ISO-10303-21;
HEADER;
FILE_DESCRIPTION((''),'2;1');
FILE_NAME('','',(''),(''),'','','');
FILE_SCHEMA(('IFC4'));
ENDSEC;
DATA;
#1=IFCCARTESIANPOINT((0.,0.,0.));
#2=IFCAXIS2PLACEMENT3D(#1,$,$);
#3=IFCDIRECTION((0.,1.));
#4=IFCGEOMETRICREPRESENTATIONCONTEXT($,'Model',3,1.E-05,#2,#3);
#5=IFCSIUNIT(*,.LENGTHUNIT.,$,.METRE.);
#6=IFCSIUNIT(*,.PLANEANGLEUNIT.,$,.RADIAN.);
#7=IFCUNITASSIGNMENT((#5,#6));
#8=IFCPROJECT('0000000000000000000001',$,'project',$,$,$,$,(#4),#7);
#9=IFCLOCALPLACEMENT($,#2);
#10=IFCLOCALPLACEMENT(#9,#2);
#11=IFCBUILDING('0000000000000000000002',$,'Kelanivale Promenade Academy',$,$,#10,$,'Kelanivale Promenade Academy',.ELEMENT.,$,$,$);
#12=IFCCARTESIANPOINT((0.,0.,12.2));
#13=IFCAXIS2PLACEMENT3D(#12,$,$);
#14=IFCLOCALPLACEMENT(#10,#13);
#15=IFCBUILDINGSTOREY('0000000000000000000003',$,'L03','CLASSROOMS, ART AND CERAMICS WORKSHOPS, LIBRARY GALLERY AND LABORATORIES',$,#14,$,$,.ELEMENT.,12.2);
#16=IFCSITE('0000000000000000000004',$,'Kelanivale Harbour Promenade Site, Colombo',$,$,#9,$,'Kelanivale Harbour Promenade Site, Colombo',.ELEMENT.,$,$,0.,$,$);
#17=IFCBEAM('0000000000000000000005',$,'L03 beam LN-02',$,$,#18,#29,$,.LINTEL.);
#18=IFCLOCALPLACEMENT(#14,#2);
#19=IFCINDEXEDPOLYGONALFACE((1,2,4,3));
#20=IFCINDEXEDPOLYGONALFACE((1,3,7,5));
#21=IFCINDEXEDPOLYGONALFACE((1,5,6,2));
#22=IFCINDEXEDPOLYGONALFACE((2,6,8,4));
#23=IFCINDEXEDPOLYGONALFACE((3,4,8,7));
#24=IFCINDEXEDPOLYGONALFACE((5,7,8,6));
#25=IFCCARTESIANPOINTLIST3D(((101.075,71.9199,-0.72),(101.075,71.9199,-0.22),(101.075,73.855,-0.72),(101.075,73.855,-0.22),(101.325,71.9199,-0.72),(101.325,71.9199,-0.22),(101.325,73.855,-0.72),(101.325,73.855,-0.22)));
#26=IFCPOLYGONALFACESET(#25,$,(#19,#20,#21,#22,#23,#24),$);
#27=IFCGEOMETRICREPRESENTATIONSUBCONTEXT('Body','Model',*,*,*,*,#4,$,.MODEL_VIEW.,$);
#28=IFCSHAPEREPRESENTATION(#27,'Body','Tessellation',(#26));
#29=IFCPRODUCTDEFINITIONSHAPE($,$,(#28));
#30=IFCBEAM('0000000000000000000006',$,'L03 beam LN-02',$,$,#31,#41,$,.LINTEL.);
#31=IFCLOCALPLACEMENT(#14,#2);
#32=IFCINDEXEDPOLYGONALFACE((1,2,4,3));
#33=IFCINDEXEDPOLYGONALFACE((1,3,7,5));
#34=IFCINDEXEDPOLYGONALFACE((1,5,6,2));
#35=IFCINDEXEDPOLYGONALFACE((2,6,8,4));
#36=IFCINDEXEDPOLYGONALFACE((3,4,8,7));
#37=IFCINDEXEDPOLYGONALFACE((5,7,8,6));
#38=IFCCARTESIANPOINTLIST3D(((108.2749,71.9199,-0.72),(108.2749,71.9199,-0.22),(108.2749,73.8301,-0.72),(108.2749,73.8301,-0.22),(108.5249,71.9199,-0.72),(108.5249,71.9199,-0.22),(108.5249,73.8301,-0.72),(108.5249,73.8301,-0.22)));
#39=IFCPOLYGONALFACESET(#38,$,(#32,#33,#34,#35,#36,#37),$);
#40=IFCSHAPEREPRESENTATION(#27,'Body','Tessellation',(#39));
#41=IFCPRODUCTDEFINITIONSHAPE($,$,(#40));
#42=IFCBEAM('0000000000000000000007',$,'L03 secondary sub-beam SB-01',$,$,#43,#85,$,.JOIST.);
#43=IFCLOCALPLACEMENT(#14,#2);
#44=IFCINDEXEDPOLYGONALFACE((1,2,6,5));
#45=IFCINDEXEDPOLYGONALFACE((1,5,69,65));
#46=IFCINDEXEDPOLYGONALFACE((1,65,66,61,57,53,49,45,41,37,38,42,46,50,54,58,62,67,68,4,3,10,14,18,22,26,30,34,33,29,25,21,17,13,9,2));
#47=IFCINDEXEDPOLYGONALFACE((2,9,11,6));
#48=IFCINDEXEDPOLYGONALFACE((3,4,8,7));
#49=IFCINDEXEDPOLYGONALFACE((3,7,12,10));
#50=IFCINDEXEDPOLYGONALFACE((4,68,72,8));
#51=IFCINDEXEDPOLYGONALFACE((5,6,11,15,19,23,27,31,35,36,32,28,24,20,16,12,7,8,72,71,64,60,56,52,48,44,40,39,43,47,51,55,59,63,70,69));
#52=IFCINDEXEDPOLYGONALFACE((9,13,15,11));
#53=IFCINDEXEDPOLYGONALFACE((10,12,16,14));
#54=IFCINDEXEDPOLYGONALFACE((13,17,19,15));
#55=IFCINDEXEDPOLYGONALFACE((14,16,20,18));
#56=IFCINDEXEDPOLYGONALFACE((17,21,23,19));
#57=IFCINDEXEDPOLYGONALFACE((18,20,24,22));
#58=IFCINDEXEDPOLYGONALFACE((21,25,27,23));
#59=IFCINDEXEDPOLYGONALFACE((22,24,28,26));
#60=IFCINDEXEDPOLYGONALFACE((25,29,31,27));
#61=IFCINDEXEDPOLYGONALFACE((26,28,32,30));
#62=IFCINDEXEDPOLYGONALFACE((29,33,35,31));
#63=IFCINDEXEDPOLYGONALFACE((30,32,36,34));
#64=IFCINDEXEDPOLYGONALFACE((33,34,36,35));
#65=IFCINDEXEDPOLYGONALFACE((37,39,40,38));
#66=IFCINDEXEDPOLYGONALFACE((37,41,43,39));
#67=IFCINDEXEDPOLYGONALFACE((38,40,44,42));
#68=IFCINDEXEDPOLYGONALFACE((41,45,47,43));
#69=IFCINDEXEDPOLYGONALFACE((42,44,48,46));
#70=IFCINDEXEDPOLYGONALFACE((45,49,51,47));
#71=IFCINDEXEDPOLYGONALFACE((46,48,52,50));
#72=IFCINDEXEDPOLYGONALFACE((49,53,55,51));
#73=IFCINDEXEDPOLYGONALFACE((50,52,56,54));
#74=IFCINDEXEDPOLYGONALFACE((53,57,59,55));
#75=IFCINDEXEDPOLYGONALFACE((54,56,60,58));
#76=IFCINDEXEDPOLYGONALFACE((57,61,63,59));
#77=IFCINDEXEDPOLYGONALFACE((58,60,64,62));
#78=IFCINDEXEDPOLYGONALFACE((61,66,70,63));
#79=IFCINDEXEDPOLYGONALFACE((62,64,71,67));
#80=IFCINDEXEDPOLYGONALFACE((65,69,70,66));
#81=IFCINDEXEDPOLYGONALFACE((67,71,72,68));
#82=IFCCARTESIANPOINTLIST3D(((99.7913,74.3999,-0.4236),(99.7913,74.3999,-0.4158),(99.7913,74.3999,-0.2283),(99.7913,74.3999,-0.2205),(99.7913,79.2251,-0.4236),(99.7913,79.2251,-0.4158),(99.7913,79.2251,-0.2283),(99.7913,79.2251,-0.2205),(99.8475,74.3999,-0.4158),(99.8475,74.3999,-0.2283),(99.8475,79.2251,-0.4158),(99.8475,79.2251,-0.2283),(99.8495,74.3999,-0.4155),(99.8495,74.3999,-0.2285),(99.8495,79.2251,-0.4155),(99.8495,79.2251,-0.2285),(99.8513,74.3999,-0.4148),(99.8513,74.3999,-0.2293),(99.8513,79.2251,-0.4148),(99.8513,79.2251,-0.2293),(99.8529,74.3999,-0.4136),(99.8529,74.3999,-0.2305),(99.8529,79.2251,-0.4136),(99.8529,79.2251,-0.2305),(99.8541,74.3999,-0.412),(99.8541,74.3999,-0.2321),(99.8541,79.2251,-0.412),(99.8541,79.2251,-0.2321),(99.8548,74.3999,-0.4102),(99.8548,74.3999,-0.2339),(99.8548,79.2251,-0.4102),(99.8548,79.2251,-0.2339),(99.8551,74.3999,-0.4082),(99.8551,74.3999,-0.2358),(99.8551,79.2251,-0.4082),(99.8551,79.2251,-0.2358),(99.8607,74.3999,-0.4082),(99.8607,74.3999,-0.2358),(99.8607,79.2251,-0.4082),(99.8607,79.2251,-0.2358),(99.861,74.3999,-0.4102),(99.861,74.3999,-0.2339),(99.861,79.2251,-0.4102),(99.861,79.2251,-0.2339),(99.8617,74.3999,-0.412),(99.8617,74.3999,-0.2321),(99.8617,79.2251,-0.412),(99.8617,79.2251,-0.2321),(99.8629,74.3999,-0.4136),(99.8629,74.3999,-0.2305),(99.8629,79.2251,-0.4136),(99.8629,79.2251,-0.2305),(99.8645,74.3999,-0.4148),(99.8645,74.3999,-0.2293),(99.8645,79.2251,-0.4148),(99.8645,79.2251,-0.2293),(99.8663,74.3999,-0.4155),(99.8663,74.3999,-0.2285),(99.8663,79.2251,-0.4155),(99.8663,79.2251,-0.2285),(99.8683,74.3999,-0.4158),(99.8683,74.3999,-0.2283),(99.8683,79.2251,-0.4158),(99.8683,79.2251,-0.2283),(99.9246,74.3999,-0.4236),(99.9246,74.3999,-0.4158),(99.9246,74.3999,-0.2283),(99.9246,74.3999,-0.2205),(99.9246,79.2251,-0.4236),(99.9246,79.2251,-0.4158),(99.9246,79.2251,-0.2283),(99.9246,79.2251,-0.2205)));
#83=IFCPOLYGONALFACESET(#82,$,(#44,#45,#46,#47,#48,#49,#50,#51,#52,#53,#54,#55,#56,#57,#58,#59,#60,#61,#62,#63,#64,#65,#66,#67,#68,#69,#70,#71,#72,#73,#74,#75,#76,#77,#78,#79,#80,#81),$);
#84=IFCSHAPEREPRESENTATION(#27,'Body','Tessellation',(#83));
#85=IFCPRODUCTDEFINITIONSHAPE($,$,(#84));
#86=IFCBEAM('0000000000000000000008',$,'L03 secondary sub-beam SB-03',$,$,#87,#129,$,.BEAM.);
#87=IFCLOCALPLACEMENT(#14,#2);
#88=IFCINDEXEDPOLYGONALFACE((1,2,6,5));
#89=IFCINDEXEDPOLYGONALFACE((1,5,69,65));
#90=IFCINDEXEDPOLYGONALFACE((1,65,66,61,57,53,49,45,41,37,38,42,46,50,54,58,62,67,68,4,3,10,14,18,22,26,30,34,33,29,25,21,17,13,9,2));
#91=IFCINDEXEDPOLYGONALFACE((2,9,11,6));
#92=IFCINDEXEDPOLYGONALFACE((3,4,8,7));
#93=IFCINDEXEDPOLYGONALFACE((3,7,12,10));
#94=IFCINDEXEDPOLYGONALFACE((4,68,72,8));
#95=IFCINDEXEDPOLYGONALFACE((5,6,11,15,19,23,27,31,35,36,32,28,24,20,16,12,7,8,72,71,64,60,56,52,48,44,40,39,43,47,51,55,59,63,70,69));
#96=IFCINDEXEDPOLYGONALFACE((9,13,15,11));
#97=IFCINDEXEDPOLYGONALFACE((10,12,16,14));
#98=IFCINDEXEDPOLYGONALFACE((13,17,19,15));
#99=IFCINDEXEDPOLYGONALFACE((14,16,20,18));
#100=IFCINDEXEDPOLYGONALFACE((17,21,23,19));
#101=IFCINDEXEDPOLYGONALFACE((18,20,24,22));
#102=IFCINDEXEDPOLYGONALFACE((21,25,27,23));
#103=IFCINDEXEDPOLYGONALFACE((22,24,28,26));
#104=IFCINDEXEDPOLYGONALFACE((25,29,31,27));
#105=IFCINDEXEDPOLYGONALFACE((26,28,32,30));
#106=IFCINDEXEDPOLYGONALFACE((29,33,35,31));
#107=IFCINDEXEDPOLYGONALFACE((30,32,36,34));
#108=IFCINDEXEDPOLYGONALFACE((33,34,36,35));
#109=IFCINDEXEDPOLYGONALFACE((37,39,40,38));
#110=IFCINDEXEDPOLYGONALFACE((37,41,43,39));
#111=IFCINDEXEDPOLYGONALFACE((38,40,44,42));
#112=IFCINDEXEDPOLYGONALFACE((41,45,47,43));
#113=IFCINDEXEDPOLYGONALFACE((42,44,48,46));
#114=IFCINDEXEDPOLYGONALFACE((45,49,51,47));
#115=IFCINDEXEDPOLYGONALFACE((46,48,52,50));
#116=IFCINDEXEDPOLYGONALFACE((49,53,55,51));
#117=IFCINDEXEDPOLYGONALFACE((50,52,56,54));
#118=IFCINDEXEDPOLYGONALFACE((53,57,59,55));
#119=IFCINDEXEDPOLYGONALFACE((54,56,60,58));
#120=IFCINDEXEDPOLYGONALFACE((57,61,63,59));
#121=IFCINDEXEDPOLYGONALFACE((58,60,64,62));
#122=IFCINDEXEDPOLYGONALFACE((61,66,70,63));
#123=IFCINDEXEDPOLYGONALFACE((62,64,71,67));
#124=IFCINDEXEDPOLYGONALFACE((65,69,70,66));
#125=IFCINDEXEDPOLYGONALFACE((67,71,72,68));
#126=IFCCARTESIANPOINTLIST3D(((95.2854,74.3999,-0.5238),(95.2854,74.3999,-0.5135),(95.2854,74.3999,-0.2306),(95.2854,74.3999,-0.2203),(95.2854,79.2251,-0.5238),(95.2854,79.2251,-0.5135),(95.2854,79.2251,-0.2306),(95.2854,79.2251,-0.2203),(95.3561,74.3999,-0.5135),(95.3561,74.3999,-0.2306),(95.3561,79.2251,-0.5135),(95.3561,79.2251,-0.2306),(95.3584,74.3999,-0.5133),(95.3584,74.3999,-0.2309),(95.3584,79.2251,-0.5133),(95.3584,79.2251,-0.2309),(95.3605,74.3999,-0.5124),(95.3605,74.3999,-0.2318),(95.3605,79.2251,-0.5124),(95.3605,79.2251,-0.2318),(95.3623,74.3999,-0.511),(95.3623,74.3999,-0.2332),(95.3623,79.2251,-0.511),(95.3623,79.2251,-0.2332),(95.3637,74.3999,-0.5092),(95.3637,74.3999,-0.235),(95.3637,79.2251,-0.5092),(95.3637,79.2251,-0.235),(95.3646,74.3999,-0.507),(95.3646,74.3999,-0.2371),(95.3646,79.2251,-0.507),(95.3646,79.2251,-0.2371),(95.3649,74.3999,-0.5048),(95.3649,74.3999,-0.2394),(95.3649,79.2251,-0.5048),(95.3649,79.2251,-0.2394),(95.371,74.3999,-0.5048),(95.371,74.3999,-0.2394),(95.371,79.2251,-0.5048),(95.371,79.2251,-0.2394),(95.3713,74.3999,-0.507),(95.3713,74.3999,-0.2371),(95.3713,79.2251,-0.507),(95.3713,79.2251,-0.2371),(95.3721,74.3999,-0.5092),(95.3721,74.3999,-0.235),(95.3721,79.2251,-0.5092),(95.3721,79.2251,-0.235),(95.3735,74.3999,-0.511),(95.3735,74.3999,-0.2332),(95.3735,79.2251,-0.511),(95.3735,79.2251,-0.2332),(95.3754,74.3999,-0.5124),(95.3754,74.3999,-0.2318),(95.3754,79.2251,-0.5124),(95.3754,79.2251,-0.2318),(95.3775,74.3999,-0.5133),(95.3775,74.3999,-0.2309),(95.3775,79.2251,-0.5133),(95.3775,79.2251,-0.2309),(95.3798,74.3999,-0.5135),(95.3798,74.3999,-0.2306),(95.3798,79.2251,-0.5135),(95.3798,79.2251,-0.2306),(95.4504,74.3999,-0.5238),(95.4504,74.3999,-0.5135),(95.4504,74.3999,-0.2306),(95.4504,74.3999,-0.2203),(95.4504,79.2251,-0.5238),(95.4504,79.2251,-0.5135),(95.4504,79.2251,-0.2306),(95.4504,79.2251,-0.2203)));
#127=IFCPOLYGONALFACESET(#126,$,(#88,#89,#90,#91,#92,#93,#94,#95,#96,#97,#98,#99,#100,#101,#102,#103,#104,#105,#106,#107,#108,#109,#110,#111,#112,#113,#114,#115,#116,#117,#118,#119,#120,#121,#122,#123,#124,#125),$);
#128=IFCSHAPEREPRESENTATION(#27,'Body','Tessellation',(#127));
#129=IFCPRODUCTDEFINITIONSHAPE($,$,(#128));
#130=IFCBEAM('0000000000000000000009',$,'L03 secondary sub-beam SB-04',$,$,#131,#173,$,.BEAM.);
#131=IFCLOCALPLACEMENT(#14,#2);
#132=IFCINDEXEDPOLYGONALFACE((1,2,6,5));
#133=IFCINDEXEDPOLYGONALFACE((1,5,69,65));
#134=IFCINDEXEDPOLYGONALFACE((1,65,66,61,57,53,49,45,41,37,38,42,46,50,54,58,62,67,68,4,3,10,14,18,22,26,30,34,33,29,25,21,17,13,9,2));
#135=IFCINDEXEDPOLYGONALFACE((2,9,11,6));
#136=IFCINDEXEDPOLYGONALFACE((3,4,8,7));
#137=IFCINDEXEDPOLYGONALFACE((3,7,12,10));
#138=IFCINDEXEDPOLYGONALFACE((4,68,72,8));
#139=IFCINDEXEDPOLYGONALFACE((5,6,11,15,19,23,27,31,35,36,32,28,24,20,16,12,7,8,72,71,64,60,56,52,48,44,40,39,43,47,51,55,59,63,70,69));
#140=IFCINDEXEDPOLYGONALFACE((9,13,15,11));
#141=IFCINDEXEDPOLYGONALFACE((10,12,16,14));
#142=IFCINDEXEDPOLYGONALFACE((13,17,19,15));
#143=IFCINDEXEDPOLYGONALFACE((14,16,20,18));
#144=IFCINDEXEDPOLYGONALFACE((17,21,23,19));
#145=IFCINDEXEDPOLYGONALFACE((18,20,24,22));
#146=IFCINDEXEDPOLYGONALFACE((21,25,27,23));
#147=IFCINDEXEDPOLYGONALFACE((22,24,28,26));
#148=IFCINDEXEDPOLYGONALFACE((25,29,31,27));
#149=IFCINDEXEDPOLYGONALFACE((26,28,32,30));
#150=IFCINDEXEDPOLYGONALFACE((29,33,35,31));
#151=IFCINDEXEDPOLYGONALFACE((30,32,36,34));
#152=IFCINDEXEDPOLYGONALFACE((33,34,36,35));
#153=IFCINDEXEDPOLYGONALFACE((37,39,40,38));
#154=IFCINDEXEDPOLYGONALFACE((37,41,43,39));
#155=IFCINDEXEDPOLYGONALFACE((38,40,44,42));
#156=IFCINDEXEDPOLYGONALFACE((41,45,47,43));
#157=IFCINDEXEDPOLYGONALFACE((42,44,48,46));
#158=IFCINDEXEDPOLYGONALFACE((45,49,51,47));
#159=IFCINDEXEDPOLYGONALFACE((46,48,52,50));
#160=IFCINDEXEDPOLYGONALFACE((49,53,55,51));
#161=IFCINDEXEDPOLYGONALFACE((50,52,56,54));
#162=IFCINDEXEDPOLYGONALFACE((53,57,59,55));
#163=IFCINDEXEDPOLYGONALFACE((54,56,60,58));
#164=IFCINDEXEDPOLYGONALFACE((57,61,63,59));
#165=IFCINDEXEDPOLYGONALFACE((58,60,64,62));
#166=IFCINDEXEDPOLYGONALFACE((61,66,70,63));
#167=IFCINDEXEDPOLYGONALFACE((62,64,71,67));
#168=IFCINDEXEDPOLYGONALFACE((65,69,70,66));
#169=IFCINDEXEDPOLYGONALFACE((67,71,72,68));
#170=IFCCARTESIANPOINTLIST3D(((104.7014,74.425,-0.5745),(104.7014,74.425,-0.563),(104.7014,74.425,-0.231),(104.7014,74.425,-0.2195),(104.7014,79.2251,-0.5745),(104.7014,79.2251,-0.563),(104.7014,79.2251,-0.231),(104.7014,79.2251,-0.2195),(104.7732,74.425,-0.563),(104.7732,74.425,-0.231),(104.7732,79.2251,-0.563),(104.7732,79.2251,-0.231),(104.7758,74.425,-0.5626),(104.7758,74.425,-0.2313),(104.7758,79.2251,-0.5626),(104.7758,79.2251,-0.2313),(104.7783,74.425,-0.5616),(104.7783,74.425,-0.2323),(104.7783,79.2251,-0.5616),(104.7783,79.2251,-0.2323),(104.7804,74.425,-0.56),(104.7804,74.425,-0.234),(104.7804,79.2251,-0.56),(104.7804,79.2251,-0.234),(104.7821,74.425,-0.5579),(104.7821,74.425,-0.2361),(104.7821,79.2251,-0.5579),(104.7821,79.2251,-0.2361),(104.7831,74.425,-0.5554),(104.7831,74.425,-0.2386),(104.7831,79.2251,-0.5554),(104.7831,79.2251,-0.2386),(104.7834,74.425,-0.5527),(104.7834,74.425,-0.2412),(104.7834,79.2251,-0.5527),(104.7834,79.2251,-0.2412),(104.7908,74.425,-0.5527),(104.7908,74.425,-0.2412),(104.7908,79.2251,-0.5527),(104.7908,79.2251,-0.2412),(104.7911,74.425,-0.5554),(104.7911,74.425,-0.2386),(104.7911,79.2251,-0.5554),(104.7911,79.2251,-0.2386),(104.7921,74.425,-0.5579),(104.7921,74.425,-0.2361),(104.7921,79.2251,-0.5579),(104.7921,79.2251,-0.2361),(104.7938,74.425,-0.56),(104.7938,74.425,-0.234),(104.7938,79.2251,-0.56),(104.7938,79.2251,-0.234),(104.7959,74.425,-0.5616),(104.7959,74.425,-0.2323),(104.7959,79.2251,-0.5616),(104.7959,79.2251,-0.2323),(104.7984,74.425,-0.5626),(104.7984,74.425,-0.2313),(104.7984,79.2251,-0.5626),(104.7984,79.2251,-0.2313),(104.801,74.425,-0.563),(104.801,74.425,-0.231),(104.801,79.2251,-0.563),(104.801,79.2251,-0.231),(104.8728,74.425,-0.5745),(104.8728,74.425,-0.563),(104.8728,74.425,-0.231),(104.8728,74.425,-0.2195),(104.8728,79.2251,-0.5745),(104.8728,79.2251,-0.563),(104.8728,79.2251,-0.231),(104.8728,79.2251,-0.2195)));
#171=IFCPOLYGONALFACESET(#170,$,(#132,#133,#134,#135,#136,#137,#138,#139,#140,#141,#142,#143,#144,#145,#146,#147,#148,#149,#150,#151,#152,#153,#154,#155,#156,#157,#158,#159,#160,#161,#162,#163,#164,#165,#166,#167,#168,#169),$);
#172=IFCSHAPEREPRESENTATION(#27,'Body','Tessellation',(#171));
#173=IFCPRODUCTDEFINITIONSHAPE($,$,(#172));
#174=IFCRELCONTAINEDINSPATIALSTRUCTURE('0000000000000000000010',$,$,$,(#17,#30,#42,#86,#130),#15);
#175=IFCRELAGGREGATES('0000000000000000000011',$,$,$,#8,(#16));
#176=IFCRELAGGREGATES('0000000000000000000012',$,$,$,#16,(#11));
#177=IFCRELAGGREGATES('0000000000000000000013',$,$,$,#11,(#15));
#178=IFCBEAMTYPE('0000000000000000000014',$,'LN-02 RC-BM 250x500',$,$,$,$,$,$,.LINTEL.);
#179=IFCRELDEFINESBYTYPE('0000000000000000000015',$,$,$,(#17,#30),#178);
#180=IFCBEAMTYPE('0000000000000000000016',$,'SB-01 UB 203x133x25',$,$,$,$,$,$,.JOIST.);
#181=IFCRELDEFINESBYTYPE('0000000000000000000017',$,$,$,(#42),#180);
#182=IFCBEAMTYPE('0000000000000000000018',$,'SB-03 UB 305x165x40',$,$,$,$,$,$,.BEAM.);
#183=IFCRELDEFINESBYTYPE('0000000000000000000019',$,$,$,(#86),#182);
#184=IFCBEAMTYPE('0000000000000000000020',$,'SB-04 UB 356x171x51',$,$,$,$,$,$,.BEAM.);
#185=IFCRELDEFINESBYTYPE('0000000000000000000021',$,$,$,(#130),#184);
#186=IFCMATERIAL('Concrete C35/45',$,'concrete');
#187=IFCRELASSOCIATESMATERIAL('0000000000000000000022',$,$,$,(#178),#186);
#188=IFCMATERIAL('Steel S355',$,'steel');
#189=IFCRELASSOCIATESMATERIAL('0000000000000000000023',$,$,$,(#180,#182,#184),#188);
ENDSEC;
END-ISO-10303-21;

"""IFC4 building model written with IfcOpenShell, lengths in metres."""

from ifc_helpers import new_model, si_unit, direction, frame, origin, origin_2d, place, context, subcontext, project, spatial, rectangle, i_section, extrude, material, material_profile, profile_set, type_object, element, save


model = new_model("IFC4")

# Units and contexts
model_context = context("Model", 3, precision=1e-05, world=origin(), true_north=direction((0.0, 1.0)))
body_context = subcontext(model_context, "Body", "Model", "MODEL_VIEW")
ifc_project = project(units=[si_unit("LENGTHUNIT", "METRE"), si_unit("PLANEANGLEUNIT", "RADIAN")], contexts=[model_context])

# Site, building, storey
site_placement = place(None, origin())
site = spatial("IfcSite", under=ifc_project, at=site_placement, Name="Kelanivale Harbour Promenade Site, Colombo", LongName="Kelanivale Harbour Promenade Site, Colombo", CompositionType="ELEMENT", RefElevation=0.0)
building_placement = place(site_placement, origin())
building = spatial("IfcBuilding", under=site, at=building_placement, Name="Kelanivale Promenade Academy", LongName="Kelanivale Promenade Academy", CompositionType="ELEMENT")
storey_placement = place(building_placement, frame((0.0, 0.0, 12.2)))
storey = spatial("IfcBuildingStorey", under=building, at=storey_placement, Name="L03", Description="CLASSROOMS, ART AND CERAMICS WORKSHOPS, LIBRARY GALLERY AND LABORATORIES", CompositionType="ELEMENT", Elevation=12.2)

# Beams
ifc_material_1 = material(Name="Concrete C35/45", Category="concrete")
ifc_material_profile_1 = material_profile(ifc_material_1, rectangle(XDim=0.25, YDim=0.5, at=origin_2d()), Name="RC-BM 250x500")
ifc_profile_set_1 = profile_set([ifc_material_profile_1], Name="Concrete C35/45")
beam_type_1 = type_object("IfcBeamType", Name="LN-02 RC-BM 250x500", PredefinedType="LINTEL", material=ifc_profile_set_1)
beam_1_placement = place(storey_placement, frame((101.2, 71.9199, -0.47), z_axis=(0.0, 1.0, 0.0), x_axis=(-1.0, 0.0, 0.0)))
element("IfcBeam", 1, at=beam_1_placement, inside=storey, type_object=beam_type_1, Name="L03 beam LN-02", PredefinedType="LINTEL", context=body_context, shape_type="SweptSolid", body=[
    extrude(rectangle(XDim=0.25, YDim=0.5, at=origin_2d()), origin(), (0.0, 0.0, 1.0), 1.9351),
])
beam_2_placement = place(storey_placement, frame((108.3999, 71.9199, -0.47), z_axis=(0.0, 1.0, 0.0), x_axis=(-1.0, 0.0, 0.0)))
element("IfcBeam", 2, at=beam_2_placement, inside=storey, type_object=beam_type_1, Name="L03 beam LN-02", PredefinedType="LINTEL", context=body_context, shape_type="SweptSolid", body=[
    extrude(rectangle(XDim=0.25, YDim=0.5, at=origin_2d()), origin(), (0.0, 0.0, 1.0), 1.9102),
])
ifc_material_2 = material(Name="Steel S355", Category="steel")
ifc_material_profile_2 = material_profile(ifc_material_2, i_section(OverallWidth=0.1333, OverallDepth=0.2031, WebThickness=0.0056, FlangeThickness=0.0078, FilletRadius=0.0076, at=origin_2d()), Name="UB 203x133x25")
ifc_profile_set_2 = profile_set([ifc_material_profile_2], Name="Steel S355")
beam_type_2 = type_object("IfcBeamType", Name="SB-01 UB 203x133x25", PredefinedType="JOIST", material=ifc_profile_set_2)
beam_3_placement = place(storey_placement, frame((99.8579, 74.3999, -0.322), z_axis=(0.0, 1.0, 0.0), x_axis=(-1.0, 0.0, 0.0)))
element("IfcBeam", 3, at=beam_3_placement, inside=storey, type_object=beam_type_2, Name="L03 secondary sub-beam SB-01", PredefinedType="JOIST", context=body_context, shape_type="SweptSolid", body=[
    extrude(i_section(OverallWidth=0.1333, OverallDepth=0.2031, WebThickness=0.0056, FlangeThickness=0.0078, FilletRadius=0.0076, at=origin_2d()), origin(), (0.0, 0.0, 1.0), 4.8252),
])
ifc_material_profile_3 = material_profile(ifc_material_2, i_section(OverallWidth=0.165, OverallDepth=0.3035, WebThickness=0.0061, FlangeThickness=0.0103, FilletRadius=0.0088, at=origin_2d()), Name="UB 305x165x40")
ifc_profile_set_3 = profile_set([ifc_material_profile_3], Name="Steel S355")
beam_type_3 = type_object("IfcBeamType", Name="SB-03 UB 305x165x40", PredefinedType="BEAM", material=ifc_profile_set_3)
beam_4_placement = place(storey_placement, frame((95.3679, 74.3999, -0.3721), z_axis=(0.0, 1.0, 0.0), x_axis=(-1.0, 0.0, 0.0)))
element("IfcBeam", 4, at=beam_4_placement, inside=storey, type_object=beam_type_3, Name="L03 secondary sub-beam SB-03", PredefinedType="BEAM", context=body_context, shape_type="SweptSolid", body=[
    extrude(i_section(OverallWidth=0.165, OverallDepth=0.3035, WebThickness=0.0061, FlangeThickness=0.0103, FilletRadius=0.0088, at=origin_2d()), origin(), (0.0, 0.0, 1.0), 4.8252),
])
ifc_material_profile_4 = material_profile(ifc_material_2, i_section(OverallWidth=0.1714, OverallDepth=0.355, WebThickness=0.0073, FlangeThickness=0.0115, FilletRadius=0.0103, at=origin_2d()), Name="UB 356x171x51")
ifc_profile_set_4 = profile_set([ifc_material_profile_4], Name="Steel S355")
beam_type_4 = type_object("IfcBeamType", Name="SB-04 UB 356x171x51", PredefinedType="BEAM", material=ifc_profile_set_4)
beam_5_placement = place(storey_placement, frame((104.7871, 74.425, -0.397), z_axis=(0.0, 1.0, 0.0), x_axis=(-1.0, 0.0, 0.0)))
element("IfcBeam", 5, at=beam_5_placement, inside=storey, type_object=beam_type_4, Name="L03 secondary sub-beam SB-04", PredefinedType="BEAM", context=body_context, shape_type="SweptSolid", body=[
    extrude(i_section(OverallWidth=0.1714, OverallDepth=0.355, WebThickness=0.0073, FlangeThickness=0.0115, FilletRadius=0.0103, at=origin_2d()), origin(), (0.0, 0.0, 1.0), 4.8),
])

save(model, "model.ifc")
